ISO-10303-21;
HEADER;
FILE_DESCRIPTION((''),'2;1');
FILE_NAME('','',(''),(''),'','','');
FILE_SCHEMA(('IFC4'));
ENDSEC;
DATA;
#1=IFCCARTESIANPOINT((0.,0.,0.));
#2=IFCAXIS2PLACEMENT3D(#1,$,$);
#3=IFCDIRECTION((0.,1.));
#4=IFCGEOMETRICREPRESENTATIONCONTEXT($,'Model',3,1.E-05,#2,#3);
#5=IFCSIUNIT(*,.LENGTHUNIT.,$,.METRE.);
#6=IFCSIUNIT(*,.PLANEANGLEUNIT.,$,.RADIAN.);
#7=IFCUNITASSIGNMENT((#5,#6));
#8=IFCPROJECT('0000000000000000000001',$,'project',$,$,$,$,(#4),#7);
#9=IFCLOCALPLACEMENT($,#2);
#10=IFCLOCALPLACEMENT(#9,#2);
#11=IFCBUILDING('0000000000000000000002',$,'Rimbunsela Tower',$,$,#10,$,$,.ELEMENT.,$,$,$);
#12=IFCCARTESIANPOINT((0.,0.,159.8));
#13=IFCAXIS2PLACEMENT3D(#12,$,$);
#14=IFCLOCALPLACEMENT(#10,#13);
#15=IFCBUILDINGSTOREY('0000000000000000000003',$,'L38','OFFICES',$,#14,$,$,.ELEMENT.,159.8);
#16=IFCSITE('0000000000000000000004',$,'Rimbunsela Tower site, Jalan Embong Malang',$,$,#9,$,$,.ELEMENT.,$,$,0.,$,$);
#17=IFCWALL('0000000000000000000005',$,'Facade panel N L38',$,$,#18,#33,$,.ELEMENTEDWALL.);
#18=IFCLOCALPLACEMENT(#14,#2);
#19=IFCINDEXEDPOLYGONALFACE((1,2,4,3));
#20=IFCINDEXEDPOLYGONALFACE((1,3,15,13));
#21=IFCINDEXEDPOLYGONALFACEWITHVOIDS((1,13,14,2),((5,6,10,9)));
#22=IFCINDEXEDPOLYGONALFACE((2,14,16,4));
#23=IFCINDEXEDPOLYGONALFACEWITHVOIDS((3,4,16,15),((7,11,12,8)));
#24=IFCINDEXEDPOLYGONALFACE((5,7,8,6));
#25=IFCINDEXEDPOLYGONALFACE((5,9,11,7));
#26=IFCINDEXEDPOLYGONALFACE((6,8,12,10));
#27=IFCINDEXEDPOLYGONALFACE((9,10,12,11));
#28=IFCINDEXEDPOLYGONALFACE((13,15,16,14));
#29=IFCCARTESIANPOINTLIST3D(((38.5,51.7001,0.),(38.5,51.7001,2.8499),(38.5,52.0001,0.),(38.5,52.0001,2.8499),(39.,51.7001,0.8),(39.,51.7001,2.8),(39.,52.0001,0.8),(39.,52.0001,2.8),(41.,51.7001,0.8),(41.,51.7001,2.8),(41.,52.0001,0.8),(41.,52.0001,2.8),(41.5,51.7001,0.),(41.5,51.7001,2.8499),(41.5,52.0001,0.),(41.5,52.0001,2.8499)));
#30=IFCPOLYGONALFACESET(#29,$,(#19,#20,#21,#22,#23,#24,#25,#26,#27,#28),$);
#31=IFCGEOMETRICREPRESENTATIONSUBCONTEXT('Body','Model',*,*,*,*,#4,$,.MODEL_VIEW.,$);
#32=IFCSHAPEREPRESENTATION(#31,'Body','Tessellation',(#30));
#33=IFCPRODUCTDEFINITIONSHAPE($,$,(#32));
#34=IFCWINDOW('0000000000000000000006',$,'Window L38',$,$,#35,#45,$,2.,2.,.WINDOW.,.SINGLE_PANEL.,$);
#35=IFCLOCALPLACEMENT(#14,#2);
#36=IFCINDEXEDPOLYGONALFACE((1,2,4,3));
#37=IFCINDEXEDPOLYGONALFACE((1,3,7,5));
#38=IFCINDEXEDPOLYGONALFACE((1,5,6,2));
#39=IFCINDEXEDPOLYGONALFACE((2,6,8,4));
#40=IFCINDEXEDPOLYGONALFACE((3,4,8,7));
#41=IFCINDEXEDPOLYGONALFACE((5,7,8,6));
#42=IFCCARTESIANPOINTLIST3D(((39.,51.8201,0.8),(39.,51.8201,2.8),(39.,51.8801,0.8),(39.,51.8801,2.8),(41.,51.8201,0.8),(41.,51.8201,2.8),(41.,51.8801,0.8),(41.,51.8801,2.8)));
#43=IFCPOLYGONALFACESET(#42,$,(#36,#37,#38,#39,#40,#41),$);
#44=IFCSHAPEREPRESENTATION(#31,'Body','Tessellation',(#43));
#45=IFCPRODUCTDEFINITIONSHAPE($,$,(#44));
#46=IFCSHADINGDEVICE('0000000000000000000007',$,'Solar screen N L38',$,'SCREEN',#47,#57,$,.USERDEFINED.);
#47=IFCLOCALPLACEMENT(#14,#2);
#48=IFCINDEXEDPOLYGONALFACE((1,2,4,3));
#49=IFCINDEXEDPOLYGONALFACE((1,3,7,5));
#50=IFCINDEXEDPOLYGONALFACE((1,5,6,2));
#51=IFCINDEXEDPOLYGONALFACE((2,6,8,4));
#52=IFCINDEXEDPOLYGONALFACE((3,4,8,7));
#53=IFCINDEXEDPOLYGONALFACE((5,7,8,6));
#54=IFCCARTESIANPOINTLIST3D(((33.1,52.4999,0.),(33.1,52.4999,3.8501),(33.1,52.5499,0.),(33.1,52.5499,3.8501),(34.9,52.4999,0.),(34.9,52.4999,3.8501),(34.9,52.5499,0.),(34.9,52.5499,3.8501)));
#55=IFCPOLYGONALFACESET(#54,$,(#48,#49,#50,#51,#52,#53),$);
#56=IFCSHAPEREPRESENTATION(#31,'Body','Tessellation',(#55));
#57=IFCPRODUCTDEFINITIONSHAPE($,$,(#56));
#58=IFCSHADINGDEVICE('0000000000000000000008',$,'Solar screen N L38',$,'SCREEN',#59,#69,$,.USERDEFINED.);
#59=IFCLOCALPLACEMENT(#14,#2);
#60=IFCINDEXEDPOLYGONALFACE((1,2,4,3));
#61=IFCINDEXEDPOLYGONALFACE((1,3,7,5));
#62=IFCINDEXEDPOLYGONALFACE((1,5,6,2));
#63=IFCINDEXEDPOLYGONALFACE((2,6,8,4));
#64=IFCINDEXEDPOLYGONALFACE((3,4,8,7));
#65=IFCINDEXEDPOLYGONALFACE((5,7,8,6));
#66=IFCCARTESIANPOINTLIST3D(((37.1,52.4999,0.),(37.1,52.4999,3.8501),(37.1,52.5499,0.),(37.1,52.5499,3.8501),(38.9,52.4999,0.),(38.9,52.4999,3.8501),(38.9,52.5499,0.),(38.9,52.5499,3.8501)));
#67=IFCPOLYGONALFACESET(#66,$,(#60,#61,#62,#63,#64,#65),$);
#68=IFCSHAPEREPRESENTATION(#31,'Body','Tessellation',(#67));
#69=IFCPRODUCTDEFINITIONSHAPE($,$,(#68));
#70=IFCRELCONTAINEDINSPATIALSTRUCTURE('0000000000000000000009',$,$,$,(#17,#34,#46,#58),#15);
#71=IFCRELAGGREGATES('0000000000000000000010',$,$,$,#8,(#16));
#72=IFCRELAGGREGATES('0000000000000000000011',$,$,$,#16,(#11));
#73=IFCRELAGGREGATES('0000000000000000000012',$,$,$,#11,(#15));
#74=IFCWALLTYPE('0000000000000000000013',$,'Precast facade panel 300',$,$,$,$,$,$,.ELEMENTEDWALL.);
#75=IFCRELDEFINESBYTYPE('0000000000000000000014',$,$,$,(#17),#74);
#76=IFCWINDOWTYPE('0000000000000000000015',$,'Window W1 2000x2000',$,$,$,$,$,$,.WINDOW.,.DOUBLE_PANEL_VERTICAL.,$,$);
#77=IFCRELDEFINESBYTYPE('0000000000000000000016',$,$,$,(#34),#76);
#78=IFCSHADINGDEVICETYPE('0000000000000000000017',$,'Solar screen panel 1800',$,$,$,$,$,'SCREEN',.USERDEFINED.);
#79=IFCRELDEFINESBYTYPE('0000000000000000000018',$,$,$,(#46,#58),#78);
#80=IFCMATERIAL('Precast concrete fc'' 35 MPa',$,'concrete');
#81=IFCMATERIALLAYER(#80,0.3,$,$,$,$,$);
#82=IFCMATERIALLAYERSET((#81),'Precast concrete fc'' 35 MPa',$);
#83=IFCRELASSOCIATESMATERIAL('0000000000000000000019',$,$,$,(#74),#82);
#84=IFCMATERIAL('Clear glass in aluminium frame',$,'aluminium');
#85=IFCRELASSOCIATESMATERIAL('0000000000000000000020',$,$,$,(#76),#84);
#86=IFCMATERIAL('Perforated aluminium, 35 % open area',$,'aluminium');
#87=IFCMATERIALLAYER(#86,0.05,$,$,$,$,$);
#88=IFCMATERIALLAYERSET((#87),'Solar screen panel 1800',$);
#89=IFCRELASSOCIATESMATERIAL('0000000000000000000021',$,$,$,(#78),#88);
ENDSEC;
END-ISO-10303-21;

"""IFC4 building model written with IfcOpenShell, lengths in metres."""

from ifc_helpers import new_model, si_unit, direction, frame, frame_2d, origin, origin_2d, place, context, subcontext, project, spatial, rectangle, extrude, material, layer, layer_set, type_object, element, fill, save


model = new_model("IFC4")

# Units and contexts
model_context = context("Model", 3, precision=1e-05, world=origin(), true_north=direction((0.0, 1.0)))
body_context = subcontext(model_context, "Body", "Model", "MODEL_VIEW")
ifc_project = project(units=[si_unit("LENGTHUNIT", "METRE"), si_unit("PLANEANGLEUNIT", "RADIAN")], contexts=[model_context])

# Site, building, storey
site_placement = place(None, origin())
site = spatial("IfcSite", under=ifc_project, at=site_placement, Name="Rimbunsela Tower site, Jalan Embong Malang", CompositionType="ELEMENT", RefElevation=0.0)
building_placement = place(site_placement, origin())
building = spatial("IfcBuilding", under=site, at=building_placement, Name="Rimbunsela Tower", CompositionType="ELEMENT")
storey_placement = place(building_placement, frame((0.0, 0.0, 159.8)))
storey = spatial("IfcBuildingStorey", under=building, at=storey_placement, Name="L38", Description="OFFICES", CompositionType="ELEMENT", Elevation=159.8)

# Wall, opening, window
ifc_material_1 = material(Name="Precast concrete fc' 35 MPa", Category="concrete")
ifc_layer_1 = layer(ifc_material_1, 0.3)
ifc_layer_set_1 = layer_set([ifc_layer_1], Name="Precast concrete fc' 35 MPa")
wall_type_1 = type_object("IfcWallType", Name="Precast facade panel 300", PredefinedType="ELEMENTEDWALL", material=ifc_layer_set_1)
ifc_material_2 = material(Name="Clear glass in aluminium frame", Category="aluminium")
window_type = type_object("IfcWindowType", Name="Window W1 2000x2000", PartitioningType="DOUBLE_PANEL_VERTICAL", PredefinedType="WINDOW", material=ifc_material_2)
wall_1_placement = place(storey_placement, frame((41.5, 51.8501, 0.0), z_axis=(0.0, 0.0, 1.0), x_axis=(-1.0, 0.0, 0.0)))
wall_1 = element("IfcWall", 1, at=wall_1_placement, inside=storey, type_object=wall_type_1, Name="Facade panel N L38", PredefinedType="ELEMENTEDWALL", context=body_context, shape_type="SweptSolid", body=[
    extrude(rectangle(XDim=3.0, YDim=0.3, at=frame_2d((1.5, 0.0))), origin(), (0.0, 0.0, 1.0), 2.8499),
])
opening_1_placement = place(wall_1_placement, frame((0.5, 0.0, 0.8)))
opening_1 = element("IfcOpeningElement", 2, at=opening_1_placement, cuts=wall_1, PredefinedType="OPENING", context=body_context, shape_type="SweptSolid", body=[
    extrude(rectangle(XDim=2.0, YDim=2.0, at=frame_2d((1.0, 1.0))), frame((0.0, 0.1599, 0.0), z_axis=(0.0, -1.0, 0.0), x_axis=(1.0, 0.0, 0.0)), (0.0, 0.0, 1.0), 0.3201),
])
window_1_placement = place(opening_1_placement, origin())
window_1 = element("IfcWindow", 3, at=window_1_placement, inside=storey, type_object=window_type, Name="Window L38", OverallHeight=2.0, OverallWidth=2.0, PartitioningType="SINGLE_PANEL", PredefinedType="WINDOW", context=body_context, shape_type="SweptSolid", body=[
    extrude(rectangle(XDim=2.0, YDim=2.0, at=frame_2d((1.0, 1.0))), frame((0.0, 0.03, 0.0), z_axis=(0.0, -1.0, 0.0), x_axis=(1.0, 0.0, 0.0)), (0.0, 0.0, 1.0), 0.0601),
])
fill(opening_1, window_1)

# Shading devices
ifc_material_3 = material(Name="Perforated aluminium, 35 % open area", Category="aluminium")
ifc_layer_2 = layer(ifc_material_3, 0.05)
ifc_layer_set_2 = layer_set([ifc_layer_2], Name="Solar screen panel 1800")
shading_device_type = type_object("IfcShadingDeviceType", Name="Solar screen panel 1800", ElementType="SCREEN", PredefinedType="USERDEFINED", material=ifc_layer_set_2)
for number, where, z_axis, x_axis, name in (
    (4, (34.0, 52.5249, 0.0), (0.0, 0.0, 1.0), (1.0, 0.0, 0.0), "Solar screen N L38"),
    (5, (38.0, 52.5249, 0.0), (0.0, 0.0, 1.0), (1.0, 0.0, 0.0), "Solar screen N L38"),
):
    element("IfcShadingDevice", number, at=place(storey_placement, frame(where, z_axis=z_axis, x_axis=x_axis)), inside=storey, type_object=shading_device_type, Name=name, ObjectType="SCREEN", PredefinedType="USERDEFINED", context=body_context, shape_type="SweptSolid", body=[
        extrude(rectangle(XDim=1.8, YDim=0.05, at=origin_2d()), origin(), (0.0, 0.0, 1.0), 3.8501),
    ])

save(model, "model.ifc")
